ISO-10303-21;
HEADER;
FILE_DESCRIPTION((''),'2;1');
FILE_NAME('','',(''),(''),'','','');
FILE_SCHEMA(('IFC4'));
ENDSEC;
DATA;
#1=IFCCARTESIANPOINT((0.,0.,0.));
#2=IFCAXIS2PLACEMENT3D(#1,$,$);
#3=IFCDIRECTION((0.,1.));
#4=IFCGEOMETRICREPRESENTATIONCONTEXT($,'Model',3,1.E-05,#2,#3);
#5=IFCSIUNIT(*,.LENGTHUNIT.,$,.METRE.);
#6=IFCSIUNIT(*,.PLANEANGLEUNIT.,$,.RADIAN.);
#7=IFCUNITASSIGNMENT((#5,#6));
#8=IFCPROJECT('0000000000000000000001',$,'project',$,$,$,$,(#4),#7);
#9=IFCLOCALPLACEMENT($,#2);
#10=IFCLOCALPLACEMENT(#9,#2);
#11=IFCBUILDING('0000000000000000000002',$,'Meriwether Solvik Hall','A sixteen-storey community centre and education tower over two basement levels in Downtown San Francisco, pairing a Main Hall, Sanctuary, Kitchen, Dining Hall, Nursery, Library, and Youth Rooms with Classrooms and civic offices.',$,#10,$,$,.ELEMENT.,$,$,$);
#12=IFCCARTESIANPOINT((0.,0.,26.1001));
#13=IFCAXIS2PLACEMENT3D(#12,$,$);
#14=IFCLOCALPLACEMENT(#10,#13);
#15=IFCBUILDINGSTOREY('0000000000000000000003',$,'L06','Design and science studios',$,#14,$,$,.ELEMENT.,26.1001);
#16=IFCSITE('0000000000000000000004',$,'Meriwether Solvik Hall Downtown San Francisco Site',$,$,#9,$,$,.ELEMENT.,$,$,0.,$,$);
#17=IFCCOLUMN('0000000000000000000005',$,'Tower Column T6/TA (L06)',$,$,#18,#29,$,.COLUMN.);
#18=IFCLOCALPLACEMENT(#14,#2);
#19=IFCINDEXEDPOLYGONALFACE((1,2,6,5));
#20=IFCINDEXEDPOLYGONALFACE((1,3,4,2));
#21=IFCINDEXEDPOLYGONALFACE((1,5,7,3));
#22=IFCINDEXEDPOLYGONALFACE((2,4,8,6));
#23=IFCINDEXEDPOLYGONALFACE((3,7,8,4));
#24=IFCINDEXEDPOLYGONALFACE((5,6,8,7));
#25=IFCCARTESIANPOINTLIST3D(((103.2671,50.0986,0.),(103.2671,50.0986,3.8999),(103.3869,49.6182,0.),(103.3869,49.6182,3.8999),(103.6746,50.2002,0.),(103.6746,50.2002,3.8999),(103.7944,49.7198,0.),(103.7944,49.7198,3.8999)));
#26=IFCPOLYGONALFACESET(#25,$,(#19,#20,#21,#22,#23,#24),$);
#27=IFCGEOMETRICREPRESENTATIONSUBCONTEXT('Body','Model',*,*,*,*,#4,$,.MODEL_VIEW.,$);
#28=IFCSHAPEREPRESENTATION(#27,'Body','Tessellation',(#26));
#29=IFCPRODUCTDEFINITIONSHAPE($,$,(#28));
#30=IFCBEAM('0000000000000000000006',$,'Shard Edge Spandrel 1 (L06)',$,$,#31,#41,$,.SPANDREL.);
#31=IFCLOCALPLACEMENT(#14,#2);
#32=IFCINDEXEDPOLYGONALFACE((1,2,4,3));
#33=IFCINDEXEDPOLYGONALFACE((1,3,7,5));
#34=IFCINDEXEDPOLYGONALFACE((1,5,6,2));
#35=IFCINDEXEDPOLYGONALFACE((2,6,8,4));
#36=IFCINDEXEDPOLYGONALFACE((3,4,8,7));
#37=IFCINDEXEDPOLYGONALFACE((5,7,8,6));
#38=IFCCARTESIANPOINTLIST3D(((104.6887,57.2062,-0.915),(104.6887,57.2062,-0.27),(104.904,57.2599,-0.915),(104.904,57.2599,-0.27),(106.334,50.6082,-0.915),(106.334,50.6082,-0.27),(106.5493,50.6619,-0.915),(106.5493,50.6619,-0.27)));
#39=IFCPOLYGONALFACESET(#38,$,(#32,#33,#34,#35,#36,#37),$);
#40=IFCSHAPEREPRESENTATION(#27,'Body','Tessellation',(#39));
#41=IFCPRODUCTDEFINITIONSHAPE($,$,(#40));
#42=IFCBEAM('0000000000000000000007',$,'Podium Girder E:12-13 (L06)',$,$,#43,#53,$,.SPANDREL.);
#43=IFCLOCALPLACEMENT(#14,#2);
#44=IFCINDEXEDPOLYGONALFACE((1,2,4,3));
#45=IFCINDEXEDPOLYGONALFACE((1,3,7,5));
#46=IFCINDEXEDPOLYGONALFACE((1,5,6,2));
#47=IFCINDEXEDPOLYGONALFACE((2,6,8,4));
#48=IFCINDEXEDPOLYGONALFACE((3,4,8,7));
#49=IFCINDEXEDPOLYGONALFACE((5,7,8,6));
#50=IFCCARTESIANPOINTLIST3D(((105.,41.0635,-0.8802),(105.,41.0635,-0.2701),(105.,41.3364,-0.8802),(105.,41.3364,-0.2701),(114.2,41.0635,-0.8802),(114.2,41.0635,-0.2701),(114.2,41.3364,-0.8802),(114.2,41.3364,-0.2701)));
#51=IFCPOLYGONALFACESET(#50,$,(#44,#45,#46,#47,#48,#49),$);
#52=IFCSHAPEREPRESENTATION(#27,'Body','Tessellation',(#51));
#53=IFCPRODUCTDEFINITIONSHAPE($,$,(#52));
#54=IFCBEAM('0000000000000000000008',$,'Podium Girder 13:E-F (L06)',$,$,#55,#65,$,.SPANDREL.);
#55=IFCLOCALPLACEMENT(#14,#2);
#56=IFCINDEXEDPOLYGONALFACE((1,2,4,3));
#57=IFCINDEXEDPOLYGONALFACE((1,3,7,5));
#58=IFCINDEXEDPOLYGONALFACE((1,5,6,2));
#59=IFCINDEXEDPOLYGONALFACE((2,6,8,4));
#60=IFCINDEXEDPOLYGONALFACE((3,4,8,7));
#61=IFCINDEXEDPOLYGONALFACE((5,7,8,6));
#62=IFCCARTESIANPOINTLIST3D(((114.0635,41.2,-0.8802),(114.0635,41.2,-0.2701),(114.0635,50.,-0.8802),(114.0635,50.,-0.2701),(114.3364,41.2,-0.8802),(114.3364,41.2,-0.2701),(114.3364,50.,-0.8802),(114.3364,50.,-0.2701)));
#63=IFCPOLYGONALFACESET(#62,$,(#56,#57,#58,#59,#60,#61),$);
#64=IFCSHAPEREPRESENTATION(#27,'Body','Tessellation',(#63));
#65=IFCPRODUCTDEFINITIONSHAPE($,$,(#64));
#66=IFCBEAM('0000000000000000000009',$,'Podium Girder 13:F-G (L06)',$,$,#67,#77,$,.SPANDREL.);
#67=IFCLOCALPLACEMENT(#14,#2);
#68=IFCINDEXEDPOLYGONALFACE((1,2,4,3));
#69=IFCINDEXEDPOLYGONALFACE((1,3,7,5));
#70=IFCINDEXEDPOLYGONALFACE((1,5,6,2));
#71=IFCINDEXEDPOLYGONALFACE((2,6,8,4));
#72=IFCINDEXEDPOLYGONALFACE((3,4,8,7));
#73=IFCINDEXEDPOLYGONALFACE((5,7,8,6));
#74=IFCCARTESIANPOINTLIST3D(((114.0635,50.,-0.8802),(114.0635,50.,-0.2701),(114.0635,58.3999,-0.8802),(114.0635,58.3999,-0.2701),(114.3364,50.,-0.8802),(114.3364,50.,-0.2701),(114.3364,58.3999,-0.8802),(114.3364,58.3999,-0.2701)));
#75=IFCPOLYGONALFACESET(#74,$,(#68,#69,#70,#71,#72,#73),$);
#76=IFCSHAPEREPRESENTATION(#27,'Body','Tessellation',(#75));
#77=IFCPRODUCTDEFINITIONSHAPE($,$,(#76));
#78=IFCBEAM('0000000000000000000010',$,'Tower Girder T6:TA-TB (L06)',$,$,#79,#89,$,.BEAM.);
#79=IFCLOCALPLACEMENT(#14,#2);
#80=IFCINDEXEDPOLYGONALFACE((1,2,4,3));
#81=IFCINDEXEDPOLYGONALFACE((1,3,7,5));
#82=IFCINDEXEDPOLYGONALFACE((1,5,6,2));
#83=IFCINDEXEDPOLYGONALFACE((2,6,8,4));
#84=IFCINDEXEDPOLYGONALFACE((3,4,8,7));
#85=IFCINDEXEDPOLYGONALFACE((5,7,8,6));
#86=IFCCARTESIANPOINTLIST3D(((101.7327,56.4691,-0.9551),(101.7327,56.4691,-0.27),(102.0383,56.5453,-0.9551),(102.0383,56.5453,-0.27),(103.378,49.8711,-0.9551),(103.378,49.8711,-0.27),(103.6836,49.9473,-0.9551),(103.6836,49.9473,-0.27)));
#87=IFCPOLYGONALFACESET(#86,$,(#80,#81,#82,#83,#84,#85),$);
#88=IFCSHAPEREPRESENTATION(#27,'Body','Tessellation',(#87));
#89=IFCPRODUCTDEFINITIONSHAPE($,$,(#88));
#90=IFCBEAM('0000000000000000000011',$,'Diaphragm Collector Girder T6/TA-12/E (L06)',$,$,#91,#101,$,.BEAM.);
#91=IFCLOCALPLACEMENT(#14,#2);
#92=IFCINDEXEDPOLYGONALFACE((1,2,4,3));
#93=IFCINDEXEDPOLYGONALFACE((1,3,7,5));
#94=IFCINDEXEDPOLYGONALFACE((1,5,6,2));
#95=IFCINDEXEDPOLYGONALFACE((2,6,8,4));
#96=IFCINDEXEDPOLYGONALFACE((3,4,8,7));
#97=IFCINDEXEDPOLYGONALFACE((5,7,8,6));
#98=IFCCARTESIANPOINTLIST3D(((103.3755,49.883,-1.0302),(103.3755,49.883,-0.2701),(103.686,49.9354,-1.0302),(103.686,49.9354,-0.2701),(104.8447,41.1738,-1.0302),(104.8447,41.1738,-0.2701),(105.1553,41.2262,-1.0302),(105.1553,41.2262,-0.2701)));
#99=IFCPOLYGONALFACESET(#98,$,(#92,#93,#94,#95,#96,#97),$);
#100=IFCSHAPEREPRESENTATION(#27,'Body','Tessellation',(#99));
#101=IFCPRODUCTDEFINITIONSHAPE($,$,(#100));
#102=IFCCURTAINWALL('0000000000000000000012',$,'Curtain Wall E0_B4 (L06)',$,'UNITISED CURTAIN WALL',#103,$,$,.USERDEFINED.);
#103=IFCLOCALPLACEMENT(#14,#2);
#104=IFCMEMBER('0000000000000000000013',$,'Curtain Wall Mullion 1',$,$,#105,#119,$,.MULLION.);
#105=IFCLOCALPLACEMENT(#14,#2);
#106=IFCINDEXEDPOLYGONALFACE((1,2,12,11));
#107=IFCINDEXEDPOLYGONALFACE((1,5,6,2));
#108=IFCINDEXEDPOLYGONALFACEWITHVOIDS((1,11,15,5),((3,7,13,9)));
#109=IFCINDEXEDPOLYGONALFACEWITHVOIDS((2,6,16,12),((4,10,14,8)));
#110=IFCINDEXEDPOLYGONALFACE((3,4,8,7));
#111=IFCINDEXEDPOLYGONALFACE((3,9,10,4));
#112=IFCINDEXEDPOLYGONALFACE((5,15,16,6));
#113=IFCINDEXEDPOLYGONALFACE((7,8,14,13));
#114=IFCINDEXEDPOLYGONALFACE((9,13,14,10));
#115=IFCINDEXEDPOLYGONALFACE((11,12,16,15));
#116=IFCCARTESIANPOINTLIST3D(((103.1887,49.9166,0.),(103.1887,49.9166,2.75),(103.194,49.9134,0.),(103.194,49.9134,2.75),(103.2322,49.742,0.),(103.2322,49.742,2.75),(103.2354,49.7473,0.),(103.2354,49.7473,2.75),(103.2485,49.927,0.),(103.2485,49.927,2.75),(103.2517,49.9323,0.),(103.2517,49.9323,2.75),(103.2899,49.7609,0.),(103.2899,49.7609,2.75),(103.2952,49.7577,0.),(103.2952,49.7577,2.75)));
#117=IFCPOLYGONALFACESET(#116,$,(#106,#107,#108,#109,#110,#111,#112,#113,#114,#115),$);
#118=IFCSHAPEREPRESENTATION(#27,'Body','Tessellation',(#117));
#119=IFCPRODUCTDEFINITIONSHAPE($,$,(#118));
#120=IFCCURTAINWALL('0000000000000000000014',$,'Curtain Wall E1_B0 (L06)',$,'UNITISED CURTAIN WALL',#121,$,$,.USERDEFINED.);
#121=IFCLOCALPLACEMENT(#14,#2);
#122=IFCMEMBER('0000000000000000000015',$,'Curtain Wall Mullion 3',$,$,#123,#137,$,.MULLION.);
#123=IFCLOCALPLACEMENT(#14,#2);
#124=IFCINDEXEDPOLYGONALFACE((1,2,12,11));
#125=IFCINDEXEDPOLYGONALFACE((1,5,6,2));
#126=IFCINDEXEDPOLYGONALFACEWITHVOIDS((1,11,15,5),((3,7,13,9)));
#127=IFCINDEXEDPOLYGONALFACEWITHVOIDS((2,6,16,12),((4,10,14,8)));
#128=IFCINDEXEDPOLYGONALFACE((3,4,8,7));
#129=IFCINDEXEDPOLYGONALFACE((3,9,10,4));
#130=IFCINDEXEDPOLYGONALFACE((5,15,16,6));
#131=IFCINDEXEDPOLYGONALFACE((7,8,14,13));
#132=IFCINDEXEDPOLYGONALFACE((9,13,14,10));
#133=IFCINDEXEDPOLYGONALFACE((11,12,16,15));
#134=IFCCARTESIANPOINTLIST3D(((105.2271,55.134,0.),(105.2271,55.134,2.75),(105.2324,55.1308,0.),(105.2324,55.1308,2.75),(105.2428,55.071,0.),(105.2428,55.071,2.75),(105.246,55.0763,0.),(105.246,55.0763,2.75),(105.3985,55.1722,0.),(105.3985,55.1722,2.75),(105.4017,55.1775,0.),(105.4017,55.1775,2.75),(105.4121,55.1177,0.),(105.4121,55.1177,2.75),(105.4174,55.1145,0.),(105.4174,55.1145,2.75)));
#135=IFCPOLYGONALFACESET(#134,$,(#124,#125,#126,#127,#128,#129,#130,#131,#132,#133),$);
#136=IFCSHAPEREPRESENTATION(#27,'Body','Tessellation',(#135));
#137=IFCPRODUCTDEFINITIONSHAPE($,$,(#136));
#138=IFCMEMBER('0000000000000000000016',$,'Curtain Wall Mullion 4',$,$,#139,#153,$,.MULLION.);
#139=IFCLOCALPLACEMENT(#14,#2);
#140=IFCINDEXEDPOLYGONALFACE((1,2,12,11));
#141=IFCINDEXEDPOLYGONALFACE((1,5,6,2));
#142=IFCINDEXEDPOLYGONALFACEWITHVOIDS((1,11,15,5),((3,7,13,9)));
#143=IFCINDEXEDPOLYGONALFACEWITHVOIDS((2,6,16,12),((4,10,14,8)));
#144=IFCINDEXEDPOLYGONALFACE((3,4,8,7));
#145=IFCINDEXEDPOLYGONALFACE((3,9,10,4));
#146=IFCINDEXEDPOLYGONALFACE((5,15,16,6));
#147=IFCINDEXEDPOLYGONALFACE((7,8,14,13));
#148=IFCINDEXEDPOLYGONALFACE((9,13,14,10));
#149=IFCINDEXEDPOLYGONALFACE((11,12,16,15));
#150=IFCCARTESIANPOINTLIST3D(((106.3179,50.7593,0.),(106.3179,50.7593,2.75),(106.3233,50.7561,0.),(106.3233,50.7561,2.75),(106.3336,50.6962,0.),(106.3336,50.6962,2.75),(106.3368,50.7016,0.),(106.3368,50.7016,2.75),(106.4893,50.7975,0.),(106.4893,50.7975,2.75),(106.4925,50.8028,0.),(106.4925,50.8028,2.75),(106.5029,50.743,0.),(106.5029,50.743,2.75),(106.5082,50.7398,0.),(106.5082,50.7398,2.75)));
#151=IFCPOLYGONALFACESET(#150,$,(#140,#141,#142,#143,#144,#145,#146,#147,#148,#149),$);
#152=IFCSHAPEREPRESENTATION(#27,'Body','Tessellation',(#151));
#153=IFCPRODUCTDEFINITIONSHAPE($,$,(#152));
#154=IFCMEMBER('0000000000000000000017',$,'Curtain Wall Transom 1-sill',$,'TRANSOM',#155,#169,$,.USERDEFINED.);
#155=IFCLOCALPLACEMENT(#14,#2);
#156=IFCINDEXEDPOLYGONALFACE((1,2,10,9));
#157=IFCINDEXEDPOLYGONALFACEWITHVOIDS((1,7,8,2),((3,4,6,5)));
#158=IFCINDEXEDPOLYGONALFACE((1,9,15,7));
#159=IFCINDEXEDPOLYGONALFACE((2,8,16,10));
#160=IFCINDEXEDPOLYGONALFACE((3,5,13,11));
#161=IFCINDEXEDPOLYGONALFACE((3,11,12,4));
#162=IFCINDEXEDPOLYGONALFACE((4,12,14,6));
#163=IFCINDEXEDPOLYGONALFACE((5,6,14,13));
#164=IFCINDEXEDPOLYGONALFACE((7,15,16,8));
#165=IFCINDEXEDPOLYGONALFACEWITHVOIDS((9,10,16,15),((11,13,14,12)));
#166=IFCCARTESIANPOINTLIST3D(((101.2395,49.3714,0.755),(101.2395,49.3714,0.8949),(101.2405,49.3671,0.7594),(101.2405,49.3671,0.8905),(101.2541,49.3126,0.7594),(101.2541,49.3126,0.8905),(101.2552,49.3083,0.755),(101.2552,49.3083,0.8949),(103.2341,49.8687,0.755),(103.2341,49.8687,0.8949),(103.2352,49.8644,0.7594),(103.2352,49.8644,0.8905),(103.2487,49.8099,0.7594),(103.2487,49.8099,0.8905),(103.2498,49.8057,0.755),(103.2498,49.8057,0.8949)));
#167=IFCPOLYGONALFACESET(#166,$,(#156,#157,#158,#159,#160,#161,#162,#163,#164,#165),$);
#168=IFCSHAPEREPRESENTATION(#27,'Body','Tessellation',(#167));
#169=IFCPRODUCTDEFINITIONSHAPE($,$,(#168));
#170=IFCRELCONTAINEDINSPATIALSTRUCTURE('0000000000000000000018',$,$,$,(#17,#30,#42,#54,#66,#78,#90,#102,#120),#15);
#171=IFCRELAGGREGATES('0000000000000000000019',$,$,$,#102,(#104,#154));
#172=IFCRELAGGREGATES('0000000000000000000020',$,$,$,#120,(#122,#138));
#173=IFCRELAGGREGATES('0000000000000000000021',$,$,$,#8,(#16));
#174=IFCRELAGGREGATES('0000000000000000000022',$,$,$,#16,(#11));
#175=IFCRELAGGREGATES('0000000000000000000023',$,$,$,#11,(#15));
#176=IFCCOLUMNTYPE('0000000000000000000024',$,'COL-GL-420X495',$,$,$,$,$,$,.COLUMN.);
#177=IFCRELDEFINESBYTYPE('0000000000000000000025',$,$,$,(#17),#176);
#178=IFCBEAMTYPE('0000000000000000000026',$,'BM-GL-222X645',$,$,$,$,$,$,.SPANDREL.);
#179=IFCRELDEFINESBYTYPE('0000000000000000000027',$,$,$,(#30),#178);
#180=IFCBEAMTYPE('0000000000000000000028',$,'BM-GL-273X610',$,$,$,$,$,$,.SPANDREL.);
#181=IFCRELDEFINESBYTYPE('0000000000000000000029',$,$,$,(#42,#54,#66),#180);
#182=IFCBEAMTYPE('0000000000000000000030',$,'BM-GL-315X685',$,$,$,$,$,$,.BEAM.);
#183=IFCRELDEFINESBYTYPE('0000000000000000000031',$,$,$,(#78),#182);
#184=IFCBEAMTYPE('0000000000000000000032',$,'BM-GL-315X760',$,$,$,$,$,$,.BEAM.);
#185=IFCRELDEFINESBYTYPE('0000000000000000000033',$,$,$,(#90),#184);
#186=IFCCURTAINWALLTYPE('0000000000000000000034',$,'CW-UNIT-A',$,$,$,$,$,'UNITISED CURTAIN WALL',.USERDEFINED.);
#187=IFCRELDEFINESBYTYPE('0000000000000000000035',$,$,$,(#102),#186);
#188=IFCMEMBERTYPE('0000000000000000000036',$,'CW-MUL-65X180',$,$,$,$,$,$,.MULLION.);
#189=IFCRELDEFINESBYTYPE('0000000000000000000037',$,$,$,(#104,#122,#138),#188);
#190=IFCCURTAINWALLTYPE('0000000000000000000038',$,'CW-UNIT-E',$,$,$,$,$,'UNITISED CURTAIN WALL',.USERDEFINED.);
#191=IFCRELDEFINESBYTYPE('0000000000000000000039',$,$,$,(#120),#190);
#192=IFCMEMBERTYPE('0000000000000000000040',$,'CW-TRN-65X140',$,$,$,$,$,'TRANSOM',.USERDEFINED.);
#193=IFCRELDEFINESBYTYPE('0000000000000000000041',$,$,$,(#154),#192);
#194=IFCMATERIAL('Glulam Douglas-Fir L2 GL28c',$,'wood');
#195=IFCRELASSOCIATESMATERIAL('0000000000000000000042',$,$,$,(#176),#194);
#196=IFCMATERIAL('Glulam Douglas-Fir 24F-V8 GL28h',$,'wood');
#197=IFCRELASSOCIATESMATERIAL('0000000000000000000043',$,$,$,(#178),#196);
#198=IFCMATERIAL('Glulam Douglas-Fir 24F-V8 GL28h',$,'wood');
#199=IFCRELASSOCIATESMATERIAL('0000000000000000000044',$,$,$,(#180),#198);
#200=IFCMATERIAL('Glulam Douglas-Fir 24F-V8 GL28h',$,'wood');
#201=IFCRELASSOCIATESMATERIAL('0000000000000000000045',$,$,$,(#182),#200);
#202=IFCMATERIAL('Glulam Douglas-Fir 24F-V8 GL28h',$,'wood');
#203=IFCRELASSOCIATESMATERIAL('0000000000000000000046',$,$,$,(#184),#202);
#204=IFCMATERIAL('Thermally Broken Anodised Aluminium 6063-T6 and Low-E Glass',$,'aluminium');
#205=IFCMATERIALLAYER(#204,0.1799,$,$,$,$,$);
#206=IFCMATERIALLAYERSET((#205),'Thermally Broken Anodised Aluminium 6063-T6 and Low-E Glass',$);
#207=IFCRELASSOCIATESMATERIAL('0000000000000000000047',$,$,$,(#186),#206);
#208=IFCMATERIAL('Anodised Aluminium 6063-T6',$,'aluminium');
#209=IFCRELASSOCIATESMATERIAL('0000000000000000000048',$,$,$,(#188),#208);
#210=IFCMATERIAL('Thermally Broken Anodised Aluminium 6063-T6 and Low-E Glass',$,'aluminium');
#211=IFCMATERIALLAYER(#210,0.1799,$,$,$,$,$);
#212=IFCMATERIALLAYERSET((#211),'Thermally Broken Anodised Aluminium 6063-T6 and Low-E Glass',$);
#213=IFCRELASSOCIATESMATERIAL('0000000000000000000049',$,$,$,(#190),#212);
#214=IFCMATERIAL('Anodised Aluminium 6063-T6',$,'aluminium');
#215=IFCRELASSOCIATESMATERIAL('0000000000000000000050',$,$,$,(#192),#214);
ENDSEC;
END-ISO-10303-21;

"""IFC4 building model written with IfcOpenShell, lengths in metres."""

from ifc_helpers import new_model, si_unit, direction, frame, origin, origin_2d, place, context, subcontext, project, spatial, rectangle, hollow_rectangle, extrude, material, layer, layer_set, material_profile, profile_set, type_object, element, aggregate, save


model = new_model("IFC4")

# Units and contexts
model_context = context("Model", 3, precision=1e-05, world=origin(), true_north=direction((0.0, 1.0)))
body_context = subcontext(model_context, "Body", "Model", "MODEL_VIEW")
ifc_project = project(units=[si_unit("LENGTHUNIT", "METRE"), si_unit("PLANEANGLEUNIT", "RADIAN")], contexts=[model_context])

# Site, building, storey
site_placement = place(None, origin())
site = spatial("IfcSite", under=ifc_project, at=site_placement, Name="Meriwether Solvik Hall Downtown San Francisco Site", CompositionType="ELEMENT", RefElevation=0.0)
building_placement = place(site_placement, origin())
building = spatial("IfcBuilding", under=site, at=building_placement, Name="Meriwether Solvik Hall", Description="A sixteen-storey community centre and education tower over two basement levels in Downtown San Francisco, pairing a Main Hall, Sanctuary, Kitchen, Dining Hall, Nursery, Library, and Youth Rooms with Classrooms and civic offices.", CompositionType="ELEMENT")
storey_placement = place(building_placement, frame((0.0, 0.0, 26.1001)))
storey = spatial("IfcBuildingStorey", under=building, at=storey_placement, Name="L06", Description="Design and science studios", CompositionType="ELEMENT", Elevation=26.1001)

# Column
ifc_material_1 = material(Name="Glulam Douglas-Fir L2 GL28c", Category="wood")
ifc_material_profile_1 = material_profile(ifc_material_1, rectangle(XDim=0.4199, YDim=0.4951, at=origin_2d()), Name="GLC-420X495")
ifc_profile_set_1 = profile_set([ifc_material_profile_1], Name="Glulam Douglas-Fir L2 GL28c")
column_type = type_object("IfcColumnType", Name="COL-GL-420X495", PredefinedType="COLUMN", material=ifc_profile_set_1)
column_placement = place(storey_placement, frame((103.5308, 49.9092, 0.0), z_axis=(0.0, 0.0, 1.0), x_axis=(0.970296, 0.241922, 0.0)))
element("IfcColumn", 1, at=column_placement, inside=storey, type_object=column_type, Name="Tower Column T6/TA (L06)", PredefinedType="COLUMN", context=body_context, shape_type="SweptSolid", body=[
    extrude(rectangle(XDim=0.4199, YDim=0.4951, at=origin_2d()), origin(), (0.0, 0.0, 1.0), 3.8999),
])

# Beams
ifc_material_2 = material(Name="Glulam Douglas-Fir 24F-V8 GL28h", Category="wood")
ifc_material_profile_2 = material_profile(ifc_material_2, rectangle(XDim=0.2219, YDim=0.645, at=origin_2d()), Name="GLB-222X645")
ifc_profile_set_2 = profile_set([ifc_material_profile_2], Name="Glulam Douglas-Fir 24F-V8 GL28h")
beam_type_1 = type_object("IfcBeamType", Name="BM-GL-222X645", PredefinedType="SPANDREL", material=ifc_profile_set_2)
beam_1_placement = place(storey_placement, frame((106.4417, 50.635, -0.5925), z_axis=(-0.241953, 0.970288, 0.0), x_axis=(-0.970288, -0.241953, 0.0)))
element("IfcBeam", 2, at=beam_1_placement, inside=storey, type_object=beam_type_1, Name="Shard Edge Spandrel 1 (L06)", PredefinedType="SPANDREL", context=body_context, shape_type="SweptSolid", body=[
    extrude(rectangle(XDim=0.2219, YDim=0.645, at=origin_2d()), origin(), (0.0, 0.0, 1.0), 6.8),
])
ifc_material_3 = material(Name="Glulam Douglas-Fir 24F-V8 GL28h", Category="wood")
ifc_material_profile_3 = material_profile(ifc_material_3, rectangle(XDim=0.2729, YDim=0.6101, at=origin_2d()), Name="GLB-273X610")
ifc_profile_set_3 = profile_set([ifc_material_profile_3], Name="Glulam Douglas-Fir 24F-V8 GL28h")
beam_type_2 = type_object("IfcBeamType", Name="BM-GL-273X610", PredefinedType="SPANDREL", material=ifc_profile_set_3)
beam_2_placement = place(storey_placement, frame((105.0, 41.2, -0.5752), z_axis=(1.0, 0.0, 0.0), x_axis=(0.0, 1.0, 0.0)))
element("IfcBeam", 3, at=beam_2_placement, inside=storey, type_object=beam_type_2, Name="Podium Girder E:12-13 (L06)", PredefinedType="SPANDREL", context=body_context, shape_type="SweptSolid", body=[
    extrude(rectangle(XDim=0.2729, YDim=0.6101, at=origin_2d()), origin(), (0.0, 0.0, 1.0), 9.2),
])
beam_3_placement = place(storey_placement, frame((114.2, 41.2, -0.5752), z_axis=(0.0, 1.0, 0.0), x_axis=(-1.0, 0.0, 0.0)))
element("IfcBeam", 4, at=beam_3_placement, inside=storey, type_object=beam_type_2, Name="Podium Girder 13:E-F (L06)", PredefinedType="SPANDREL", context=body_context, shape_type="SweptSolid", body=[
    extrude(rectangle(XDim=0.2729, YDim=0.6101, at=origin_2d()), origin(), (0.0, 0.0, 1.0), 8.8),
])
beam_4_placement = place(storey_placement, frame((114.2, 50.0, -0.5752), z_axis=(0.0, 1.0, 0.0), x_axis=(-1.0, 0.0, 0.0)))
element("IfcBeam", 5, at=beam_4_placement, inside=storey, type_object=beam_type_2, Name="Podium Girder 13:F-G (L06)", PredefinedType="SPANDREL", context=body_context, shape_type="SweptSolid", body=[
    extrude(rectangle(XDim=0.2729, YDim=0.6101, at=origin_2d()), origin(), (0.0, 0.0, 1.0), 8.3999),
])
ifc_material_4 = material(Name="Glulam Douglas-Fir 24F-V8 GL28h", Category="wood")
ifc_material_profile_4 = material_profile(ifc_material_4, rectangle(XDim=0.3149, YDim=0.6851, at=origin_2d()), Name="GLB-315X685")
ifc_profile_set_4 = profile_set([ifc_material_profile_4], Name="Glulam Douglas-Fir 24F-V8 GL28h")
beam_type_3 = type_object("IfcBeamType", Name="BM-GL-315X685", PredefinedType="BEAM", material=ifc_profile_set_4)
beam_5_placement = place(storey_placement, frame((103.5308, 49.9092, -0.6125), z_axis=(-0.241953, 0.970288, 0.0), x_axis=(-0.970288, -0.241953, 0.0)))
element("IfcBeam", 6, at=beam_5_placement, inside=storey, type_object=beam_type_3, Name="Tower Girder T6:TA-TB (L06)", PredefinedType="BEAM", context=body_context, shape_type="SweptSolid", body=[
    extrude(rectangle(XDim=0.3149, YDim=0.6851, at=origin_2d()), origin(), (0.0, 0.0, 1.0), 6.8),
])
ifc_material_5 = material(Name="Glulam Douglas-Fir 24F-V8 GL28h", Category="wood")
ifc_material_profile_5 = material_profile(ifc_material_5, rectangle(XDim=0.3149, YDim=0.76, at=origin_2d()), Name="GLB-315X760")
ifc_profile_set_5 = profile_set([ifc_material_profile_5], Name="Glulam Douglas-Fir 24F-V8 GL28h")
beam_type_4 = type_object("IfcBeamType", Name="BM-GL-315X760", PredefinedType="BEAM", material=ifc_profile_set_5)
beam_6_placement = place(storey_placement, frame((103.5308, 49.9092, -0.6501), z_axis=(0.166349, -0.986067, 0.0), x_axis=(0.986067, 0.166349, 0.0)))
element("IfcBeam", 7, at=beam_6_placement, inside=storey, type_object=beam_type_4, Name="Diaphragm Collector Girder T6/TA-12/E (L06)", PredefinedType="BEAM", context=body_context, shape_type="SweptSolid", body=[
    extrude(rectangle(XDim=0.3149, YDim=0.76, at=origin_2d()), origin(), (0.0, 0.0, 1.0), 8.8323),
])

# Curtain wall, member
ifc_material_6 = material(Name="Thermally Broken Anodised Aluminium 6063-T6 and Low-E Glass", Category="aluminium")
ifc_layer_1 = layer(ifc_material_6, 0.1799)
ifc_layer_set_1 = layer_set([ifc_layer_1], Name="Thermally Broken Anodised Aluminium 6063-T6 and Low-E Glass")
curtain_wall_type_1 = type_object("IfcCurtainWallType", Name="CW-UNIT-A", ElementType="UNITISED CURTAIN WALL", PredefinedType="USERDEFINED", material=ifc_layer_set_1)
curtain_wall_1_placement = place(storey_placement, origin())
curtain_wall_1 = element("IfcCurtainWall", 8, at=curtain_wall_1_placement, inside=storey, type_object=curtain_wall_type_1, Name="Curtain Wall E0_B4 (L06)", ObjectType="UNITISED CURTAIN WALL", PredefinedType="USERDEFINED")
ifc_material_7 = material(Name="Anodised Aluminium 6063-T6", Category="aluminium")
ifc_material_profile_6 = material_profile(ifc_material_7, hollow_rectangle(XDim=0.0649, YDim=0.1799, WallThickness=0.0044, at=origin_2d()), Name="CWM-65X180")
ifc_profile_set_6 = profile_set([ifc_material_profile_6], Name="Anodised Aluminium 6063-T6")
member_type_1 = type_object("IfcMemberType", Name="CW-MUL-65X180", PredefinedType="MULLION", material=ifc_profile_set_6)
member_1_placement = place(storey_placement, frame((103.2419, 49.8372, 0.0), z_axis=(0.0, 0.0, 1.0), x_axis=(-0.970296, -0.241922, 0.0)))
member_1 = element("IfcMember", 9, at=member_1_placement, type_object=member_type_1, Name="Curtain Wall Mullion 1", PredefinedType="MULLION", context=body_context, shape_type="SweptSolid", body=[
    extrude(hollow_rectangle(XDim=0.0649, YDim=0.1799, WallThickness=0.0044, at=origin_2d()), origin(), (0.0, 0.0, 1.0), 2.75),
])

# Curtain wall, members
ifc_material_8 = material(Name="Thermally Broken Anodised Aluminium 6063-T6 and Low-E Glass", Category="aluminium")
ifc_layer_2 = layer(ifc_material_8, 0.1799)
ifc_layer_set_2 = layer_set([ifc_layer_2], Name="Thermally Broken Anodised Aluminium 6063-T6 and Low-E Glass")
curtain_wall_type_2 = type_object("IfcCurtainWallType", Name="CW-UNIT-E", ElementType="UNITISED CURTAIN WALL", PredefinedType="USERDEFINED", material=ifc_layer_set_2)
curtain_wall_2_placement = place(storey_placement, origin())
curtain_wall_2 = element("IfcCurtainWall", 10, at=curtain_wall_2_placement, inside=storey, type_object=curtain_wall_type_2, Name="Curtain Wall E1_B0 (L06)", ObjectType="UNITISED CURTAIN WALL", PredefinedType="USERDEFINED")
member_2_placement = place(storey_placement, frame((105.3223, 55.1243, 0.0), z_axis=(0.0, 0.0, 1.0), x_axis=(0.241922, -0.970296, 0.0)))
member_2 = element("IfcMember", 11, at=member_2_placement, type_object=member_type_1, Name="Curtain Wall Mullion 3", PredefinedType="MULLION", context=body_context, shape_type="SweptSolid", body=[
    extrude(hollow_rectangle(XDim=0.0649, YDim=0.1799, WallThickness=0.0044, at=origin_2d()), origin(), (0.0, 0.0, 1.0), 2.75),
])
member_3_placement = place(storey_placement, frame((106.4131, 50.7495, 0.0), z_axis=(0.0, 0.0, 1.0), x_axis=(0.241922, -0.970296, 0.0)))
member_3 = element("IfcMember", 12, at=member_3_placement, type_object=member_type_1, Name="Curtain Wall Mullion 4", PredefinedType="MULLION", context=body_context, shape_type="SweptSolid", body=[
    extrude(hollow_rectangle(XDim=0.0649, YDim=0.1799, WallThickness=0.0044, at=origin_2d()), origin(), (0.0, 0.0, 1.0), 2.75),
])

# Member
ifc_material_9 = material(Name="Anodised Aluminium 6063-T6", Category="aluminium")
ifc_material_profile_7 = material_profile(ifc_material_9, hollow_rectangle(XDim=0.0649, YDim=0.1399, WallThickness=0.0044, at=origin_2d()), Name="CWT-65X140")
ifc_profile_set_7 = profile_set([ifc_material_profile_7], Name="Anodised Aluminium 6063-T6")
member_type_2 = type_object("IfcMemberType", Name="CW-TRN-65X140", ElementType="TRANSOM", PredefinedType="USERDEFINED", material=ifc_profile_set_7)
member_4_placement = place(storey_placement, frame((103.2419, 49.8372, 0.825), z_axis=(-0.970296, -0.241921, 0.0), x_axis=(0.241921, -0.970296, 0.0)))
member_4 = element("IfcMember", 13, at=member_4_placement, type_object=member_type_2, Name="Curtain Wall Transom 1-sill", ObjectType="TRANSOM", PredefinedType="USERDEFINED", context=body_context, shape_type="SweptSolid", body=[
    extrude(hollow_rectangle(XDim=0.0649, YDim=0.1399, WallThickness=0.0044, at=origin_2d()), origin(), (0.0, 0.0, 1.0), 2.0557),
])

aggregate(curtain_wall_1, [member_1, member_4])
aggregate(curtain_wall_2, [member_2, member_3])

save(model, "model.ifc")
